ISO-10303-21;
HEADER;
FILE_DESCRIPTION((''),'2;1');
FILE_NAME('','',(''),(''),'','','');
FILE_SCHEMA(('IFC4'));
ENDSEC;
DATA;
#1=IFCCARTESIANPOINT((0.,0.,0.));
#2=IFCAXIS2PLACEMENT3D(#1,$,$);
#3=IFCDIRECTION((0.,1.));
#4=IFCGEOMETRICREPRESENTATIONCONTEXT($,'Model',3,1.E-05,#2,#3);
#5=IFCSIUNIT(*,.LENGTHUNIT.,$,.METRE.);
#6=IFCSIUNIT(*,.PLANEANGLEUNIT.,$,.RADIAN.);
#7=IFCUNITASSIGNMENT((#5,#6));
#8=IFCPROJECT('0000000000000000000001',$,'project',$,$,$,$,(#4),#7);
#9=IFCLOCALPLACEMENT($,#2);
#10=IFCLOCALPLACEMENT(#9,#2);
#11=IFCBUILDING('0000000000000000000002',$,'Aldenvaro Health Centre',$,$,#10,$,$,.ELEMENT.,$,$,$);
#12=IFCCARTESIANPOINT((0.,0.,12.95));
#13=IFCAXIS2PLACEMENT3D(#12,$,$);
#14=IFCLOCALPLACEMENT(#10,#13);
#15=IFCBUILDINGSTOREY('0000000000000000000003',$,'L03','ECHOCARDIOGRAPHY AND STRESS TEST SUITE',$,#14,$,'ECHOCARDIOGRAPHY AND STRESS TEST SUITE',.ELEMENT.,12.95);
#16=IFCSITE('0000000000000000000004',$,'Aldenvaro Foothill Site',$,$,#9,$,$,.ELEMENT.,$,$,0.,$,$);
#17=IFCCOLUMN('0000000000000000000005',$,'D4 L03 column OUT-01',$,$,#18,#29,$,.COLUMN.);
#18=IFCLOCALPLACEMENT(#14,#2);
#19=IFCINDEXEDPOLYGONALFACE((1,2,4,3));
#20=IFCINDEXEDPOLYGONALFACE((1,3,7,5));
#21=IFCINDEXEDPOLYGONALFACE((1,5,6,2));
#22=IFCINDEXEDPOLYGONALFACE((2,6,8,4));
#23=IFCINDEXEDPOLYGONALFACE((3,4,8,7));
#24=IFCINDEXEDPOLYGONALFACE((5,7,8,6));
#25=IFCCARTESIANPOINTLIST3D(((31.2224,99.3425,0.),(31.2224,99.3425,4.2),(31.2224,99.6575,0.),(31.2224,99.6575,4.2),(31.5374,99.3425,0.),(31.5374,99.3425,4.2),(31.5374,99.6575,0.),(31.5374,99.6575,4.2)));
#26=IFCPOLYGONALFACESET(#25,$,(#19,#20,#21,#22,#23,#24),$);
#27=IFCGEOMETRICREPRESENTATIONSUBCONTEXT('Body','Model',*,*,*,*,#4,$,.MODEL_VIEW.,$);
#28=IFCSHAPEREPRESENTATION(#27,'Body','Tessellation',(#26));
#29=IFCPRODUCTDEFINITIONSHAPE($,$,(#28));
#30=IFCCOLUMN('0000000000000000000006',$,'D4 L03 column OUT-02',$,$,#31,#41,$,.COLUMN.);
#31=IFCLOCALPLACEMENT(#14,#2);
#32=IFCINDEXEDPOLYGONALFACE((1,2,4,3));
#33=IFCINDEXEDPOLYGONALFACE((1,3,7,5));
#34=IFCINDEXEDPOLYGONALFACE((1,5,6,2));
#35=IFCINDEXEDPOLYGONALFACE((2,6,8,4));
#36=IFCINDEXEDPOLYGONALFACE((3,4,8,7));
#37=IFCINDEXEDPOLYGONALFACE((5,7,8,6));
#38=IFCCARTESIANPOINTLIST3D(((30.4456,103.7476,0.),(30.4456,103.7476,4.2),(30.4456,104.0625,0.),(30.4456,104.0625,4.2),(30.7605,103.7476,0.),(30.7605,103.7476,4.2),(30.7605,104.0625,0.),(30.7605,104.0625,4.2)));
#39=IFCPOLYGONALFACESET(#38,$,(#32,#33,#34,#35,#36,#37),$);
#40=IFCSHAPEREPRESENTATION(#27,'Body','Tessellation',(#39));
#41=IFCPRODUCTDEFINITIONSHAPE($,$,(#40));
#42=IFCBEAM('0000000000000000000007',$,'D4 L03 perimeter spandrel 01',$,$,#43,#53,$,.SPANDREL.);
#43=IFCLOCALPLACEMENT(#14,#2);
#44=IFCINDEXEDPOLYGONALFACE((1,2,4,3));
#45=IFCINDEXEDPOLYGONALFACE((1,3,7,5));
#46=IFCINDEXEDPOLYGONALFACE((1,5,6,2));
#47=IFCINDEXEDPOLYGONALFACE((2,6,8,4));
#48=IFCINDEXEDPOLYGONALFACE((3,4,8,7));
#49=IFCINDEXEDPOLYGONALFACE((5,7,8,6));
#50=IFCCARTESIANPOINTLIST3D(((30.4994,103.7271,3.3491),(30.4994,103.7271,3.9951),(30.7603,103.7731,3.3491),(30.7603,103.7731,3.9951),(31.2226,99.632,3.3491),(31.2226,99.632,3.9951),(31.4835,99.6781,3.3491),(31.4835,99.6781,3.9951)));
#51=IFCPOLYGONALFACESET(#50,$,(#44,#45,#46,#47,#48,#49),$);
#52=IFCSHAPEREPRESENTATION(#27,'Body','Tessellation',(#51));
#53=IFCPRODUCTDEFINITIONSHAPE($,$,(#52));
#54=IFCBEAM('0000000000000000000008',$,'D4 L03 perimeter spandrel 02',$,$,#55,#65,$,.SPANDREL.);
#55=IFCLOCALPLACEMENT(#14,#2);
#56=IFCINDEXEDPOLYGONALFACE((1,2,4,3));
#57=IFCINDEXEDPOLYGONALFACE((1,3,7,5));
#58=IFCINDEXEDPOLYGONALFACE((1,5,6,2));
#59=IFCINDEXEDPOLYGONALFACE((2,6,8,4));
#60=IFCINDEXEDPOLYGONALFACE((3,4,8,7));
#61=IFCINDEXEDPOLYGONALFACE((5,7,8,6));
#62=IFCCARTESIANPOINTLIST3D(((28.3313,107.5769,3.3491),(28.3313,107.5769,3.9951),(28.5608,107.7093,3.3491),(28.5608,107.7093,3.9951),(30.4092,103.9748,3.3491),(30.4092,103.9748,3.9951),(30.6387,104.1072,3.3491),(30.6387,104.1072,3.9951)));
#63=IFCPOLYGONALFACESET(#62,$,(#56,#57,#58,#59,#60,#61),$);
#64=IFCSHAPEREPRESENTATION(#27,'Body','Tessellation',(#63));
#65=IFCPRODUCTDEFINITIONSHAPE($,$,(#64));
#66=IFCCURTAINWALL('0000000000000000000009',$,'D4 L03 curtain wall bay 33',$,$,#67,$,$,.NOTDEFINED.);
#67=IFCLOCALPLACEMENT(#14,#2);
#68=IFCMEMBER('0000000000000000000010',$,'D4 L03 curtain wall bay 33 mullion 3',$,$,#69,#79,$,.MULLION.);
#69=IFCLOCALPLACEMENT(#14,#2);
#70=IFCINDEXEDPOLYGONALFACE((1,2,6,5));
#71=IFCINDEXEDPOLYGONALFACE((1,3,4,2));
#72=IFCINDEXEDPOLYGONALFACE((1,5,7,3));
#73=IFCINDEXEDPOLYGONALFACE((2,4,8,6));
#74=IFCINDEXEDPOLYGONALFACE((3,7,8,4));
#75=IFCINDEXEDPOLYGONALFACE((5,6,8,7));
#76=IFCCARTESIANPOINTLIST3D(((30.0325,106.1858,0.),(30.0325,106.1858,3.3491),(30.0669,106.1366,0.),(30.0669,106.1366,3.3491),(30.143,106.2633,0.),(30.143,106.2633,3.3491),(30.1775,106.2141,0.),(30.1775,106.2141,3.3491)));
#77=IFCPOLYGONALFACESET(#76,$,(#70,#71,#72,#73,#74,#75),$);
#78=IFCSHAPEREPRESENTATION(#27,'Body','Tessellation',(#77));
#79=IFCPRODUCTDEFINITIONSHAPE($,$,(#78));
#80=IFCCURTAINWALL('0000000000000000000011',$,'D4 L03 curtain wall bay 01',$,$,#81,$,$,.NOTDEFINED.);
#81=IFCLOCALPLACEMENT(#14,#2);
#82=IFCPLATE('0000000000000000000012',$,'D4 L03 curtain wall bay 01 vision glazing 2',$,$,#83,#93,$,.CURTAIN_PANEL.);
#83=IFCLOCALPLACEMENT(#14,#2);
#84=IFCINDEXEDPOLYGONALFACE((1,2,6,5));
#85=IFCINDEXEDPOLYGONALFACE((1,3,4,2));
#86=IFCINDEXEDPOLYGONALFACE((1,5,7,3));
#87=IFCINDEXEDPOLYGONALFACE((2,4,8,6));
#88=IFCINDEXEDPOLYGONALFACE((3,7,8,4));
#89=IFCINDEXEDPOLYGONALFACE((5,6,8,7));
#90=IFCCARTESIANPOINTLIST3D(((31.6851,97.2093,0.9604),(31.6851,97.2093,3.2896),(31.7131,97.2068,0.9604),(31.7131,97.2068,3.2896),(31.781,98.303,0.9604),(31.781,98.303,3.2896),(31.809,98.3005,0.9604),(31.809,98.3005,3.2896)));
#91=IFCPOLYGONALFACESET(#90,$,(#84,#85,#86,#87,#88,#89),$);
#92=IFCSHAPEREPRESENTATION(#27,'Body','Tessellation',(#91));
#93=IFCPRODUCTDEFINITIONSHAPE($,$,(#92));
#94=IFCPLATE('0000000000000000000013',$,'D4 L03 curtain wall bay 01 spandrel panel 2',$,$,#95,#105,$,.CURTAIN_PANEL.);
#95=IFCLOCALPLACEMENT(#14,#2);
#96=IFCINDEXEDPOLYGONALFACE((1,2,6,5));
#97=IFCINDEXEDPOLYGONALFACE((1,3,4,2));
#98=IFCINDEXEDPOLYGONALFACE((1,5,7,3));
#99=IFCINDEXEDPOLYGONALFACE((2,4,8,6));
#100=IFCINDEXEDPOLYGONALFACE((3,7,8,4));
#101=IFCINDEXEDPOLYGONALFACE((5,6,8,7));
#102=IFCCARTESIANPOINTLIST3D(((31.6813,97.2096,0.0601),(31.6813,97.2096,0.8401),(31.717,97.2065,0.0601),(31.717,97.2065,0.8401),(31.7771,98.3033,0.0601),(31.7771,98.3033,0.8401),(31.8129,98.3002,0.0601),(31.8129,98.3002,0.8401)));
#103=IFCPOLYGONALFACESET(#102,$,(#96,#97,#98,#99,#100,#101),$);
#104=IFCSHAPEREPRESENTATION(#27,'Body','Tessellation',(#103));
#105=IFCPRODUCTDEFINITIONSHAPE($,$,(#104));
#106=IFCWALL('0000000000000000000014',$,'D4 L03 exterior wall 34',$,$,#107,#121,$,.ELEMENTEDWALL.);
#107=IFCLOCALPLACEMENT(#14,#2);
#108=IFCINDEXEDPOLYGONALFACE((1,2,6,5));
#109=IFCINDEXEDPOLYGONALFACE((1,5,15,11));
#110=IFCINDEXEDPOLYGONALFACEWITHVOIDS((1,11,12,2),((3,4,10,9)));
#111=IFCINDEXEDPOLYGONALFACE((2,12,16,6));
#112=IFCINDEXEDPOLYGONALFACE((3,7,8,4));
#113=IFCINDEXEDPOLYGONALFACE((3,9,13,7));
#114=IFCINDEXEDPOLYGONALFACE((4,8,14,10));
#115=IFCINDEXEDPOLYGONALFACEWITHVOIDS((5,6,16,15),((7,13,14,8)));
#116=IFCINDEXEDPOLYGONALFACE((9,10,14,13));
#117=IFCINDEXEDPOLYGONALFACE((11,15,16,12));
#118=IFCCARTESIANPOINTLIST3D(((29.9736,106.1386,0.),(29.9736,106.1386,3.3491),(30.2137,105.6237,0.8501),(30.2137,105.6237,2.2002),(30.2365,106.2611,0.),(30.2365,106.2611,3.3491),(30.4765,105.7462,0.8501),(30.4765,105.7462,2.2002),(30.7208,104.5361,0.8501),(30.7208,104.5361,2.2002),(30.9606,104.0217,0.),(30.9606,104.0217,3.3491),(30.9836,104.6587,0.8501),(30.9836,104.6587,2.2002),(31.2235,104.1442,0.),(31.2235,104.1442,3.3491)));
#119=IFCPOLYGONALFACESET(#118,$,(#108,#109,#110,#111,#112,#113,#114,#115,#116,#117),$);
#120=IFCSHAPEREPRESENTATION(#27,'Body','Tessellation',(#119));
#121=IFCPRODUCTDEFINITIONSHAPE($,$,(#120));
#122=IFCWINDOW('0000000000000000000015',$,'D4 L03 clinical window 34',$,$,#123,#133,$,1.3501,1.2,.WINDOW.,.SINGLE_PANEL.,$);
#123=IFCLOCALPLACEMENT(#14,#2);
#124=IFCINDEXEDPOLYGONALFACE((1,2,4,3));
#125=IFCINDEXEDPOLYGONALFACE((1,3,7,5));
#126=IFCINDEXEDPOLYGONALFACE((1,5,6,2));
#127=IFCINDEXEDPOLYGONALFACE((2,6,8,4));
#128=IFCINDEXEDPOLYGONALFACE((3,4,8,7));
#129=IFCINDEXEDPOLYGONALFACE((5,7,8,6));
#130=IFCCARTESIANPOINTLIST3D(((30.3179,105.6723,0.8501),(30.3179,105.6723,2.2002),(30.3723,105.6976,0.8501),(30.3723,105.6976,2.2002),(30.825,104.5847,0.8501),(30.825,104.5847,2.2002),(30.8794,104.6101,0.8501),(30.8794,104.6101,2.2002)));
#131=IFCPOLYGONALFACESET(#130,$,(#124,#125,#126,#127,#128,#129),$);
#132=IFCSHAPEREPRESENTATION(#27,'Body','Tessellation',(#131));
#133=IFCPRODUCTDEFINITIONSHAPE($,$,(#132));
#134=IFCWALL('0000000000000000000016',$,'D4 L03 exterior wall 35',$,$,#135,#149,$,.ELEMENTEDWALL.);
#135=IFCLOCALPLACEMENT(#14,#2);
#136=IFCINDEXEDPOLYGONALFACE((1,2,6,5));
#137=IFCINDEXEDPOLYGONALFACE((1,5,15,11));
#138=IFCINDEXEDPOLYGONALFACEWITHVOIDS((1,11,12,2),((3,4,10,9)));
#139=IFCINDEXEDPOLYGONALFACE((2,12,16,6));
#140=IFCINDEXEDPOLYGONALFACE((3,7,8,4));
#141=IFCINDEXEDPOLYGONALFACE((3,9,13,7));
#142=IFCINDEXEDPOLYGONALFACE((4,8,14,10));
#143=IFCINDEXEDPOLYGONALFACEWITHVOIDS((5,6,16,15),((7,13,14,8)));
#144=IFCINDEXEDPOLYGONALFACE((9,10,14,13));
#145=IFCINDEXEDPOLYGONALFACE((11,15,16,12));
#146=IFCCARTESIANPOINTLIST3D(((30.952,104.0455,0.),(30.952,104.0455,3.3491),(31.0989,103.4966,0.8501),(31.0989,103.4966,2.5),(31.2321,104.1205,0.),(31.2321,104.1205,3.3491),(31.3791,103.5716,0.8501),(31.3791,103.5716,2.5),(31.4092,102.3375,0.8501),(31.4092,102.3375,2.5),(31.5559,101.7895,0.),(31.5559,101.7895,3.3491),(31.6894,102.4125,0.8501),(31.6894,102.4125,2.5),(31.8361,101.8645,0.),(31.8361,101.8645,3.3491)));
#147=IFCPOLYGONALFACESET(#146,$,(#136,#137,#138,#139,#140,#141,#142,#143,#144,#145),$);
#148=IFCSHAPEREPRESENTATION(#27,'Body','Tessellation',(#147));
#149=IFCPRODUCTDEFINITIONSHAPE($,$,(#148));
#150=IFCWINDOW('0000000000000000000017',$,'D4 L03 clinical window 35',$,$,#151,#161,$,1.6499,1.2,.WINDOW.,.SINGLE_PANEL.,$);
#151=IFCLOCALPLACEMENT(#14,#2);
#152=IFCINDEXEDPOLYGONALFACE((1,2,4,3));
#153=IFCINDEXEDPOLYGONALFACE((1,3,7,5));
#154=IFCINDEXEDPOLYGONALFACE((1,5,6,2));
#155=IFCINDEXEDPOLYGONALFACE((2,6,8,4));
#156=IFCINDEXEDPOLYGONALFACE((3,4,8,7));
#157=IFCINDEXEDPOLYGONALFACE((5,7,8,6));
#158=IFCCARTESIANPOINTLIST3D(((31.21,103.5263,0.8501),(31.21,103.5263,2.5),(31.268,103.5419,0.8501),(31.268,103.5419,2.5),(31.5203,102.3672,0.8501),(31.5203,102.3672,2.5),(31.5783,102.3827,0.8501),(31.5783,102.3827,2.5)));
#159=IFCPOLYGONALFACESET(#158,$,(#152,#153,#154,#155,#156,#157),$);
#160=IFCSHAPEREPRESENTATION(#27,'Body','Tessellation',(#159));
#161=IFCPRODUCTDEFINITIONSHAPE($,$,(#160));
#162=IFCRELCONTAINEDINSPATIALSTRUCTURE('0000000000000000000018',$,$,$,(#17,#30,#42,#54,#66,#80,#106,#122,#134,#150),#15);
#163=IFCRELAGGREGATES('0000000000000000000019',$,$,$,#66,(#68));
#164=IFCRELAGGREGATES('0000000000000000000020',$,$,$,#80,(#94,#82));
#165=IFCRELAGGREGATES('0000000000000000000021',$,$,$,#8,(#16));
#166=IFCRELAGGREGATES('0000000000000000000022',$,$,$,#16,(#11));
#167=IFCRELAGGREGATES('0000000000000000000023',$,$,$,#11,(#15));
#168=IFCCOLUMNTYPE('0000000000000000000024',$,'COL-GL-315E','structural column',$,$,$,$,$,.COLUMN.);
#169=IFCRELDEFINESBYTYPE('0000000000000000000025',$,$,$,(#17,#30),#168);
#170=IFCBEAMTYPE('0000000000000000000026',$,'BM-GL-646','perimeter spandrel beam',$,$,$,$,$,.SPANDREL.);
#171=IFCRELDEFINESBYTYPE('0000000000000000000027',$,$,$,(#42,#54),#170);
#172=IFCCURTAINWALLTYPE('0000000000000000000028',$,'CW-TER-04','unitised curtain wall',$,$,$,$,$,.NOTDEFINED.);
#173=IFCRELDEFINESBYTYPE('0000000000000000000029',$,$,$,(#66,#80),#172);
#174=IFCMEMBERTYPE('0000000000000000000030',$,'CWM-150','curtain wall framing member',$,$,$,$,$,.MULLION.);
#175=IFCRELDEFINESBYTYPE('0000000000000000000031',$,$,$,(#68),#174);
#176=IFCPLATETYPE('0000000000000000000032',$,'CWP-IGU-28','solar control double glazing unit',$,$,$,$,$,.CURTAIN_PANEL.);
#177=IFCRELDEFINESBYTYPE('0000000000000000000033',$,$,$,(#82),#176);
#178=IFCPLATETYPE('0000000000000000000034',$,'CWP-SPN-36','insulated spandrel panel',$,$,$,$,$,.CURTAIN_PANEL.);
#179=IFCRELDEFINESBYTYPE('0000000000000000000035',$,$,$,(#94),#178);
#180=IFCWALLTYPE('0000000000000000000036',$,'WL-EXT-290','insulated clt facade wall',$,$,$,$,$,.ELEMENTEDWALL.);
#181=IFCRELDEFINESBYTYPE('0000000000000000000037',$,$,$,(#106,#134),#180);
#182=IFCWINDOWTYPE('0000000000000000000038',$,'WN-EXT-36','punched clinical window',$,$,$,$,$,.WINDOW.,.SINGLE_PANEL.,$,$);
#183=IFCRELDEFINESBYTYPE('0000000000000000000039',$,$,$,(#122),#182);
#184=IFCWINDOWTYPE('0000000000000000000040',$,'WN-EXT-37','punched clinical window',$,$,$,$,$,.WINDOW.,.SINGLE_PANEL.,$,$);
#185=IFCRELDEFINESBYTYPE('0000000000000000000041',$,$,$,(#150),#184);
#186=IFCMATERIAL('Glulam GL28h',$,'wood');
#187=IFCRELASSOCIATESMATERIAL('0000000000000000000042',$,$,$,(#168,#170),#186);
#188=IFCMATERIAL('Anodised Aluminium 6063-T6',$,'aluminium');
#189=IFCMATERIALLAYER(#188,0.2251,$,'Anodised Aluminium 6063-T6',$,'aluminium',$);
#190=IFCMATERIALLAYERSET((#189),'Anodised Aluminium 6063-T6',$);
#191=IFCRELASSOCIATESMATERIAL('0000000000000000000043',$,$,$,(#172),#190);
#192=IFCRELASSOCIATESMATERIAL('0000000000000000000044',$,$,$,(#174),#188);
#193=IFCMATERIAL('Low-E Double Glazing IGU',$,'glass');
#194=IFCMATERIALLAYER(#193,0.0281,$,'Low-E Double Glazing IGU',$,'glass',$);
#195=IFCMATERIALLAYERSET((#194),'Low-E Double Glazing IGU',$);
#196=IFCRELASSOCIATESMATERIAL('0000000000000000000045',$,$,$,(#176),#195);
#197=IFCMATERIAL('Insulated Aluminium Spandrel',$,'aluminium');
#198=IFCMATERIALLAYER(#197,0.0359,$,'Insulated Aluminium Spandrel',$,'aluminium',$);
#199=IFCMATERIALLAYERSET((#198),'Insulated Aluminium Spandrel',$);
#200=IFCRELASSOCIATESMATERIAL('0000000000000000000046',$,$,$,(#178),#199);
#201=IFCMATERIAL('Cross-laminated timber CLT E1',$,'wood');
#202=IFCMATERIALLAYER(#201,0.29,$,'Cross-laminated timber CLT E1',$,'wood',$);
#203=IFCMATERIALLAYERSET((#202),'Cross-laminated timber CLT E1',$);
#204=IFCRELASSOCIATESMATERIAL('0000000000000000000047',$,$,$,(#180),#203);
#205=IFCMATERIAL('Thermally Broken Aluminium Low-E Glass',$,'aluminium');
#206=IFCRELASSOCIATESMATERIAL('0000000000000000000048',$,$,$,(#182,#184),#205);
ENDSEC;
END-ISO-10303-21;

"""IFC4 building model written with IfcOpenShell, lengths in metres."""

from ifc_helpers import new_model, si_unit, direction, frame, frame_2d, origin, origin_2d, place, context, subcontext, project, spatial, rectangle, extrude, material, layer, layer_set, material_profile, profile_set, type_object, element, fill, aggregate, save


model = new_model("IFC4")

# Units and contexts
model_context = context("Model", 3, precision=1e-05, world=origin(), true_north=direction((0.0, 1.0)))
body_context = subcontext(model_context, "Body", "Model", "MODEL_VIEW")
ifc_project = project(units=[si_unit("LENGTHUNIT", "METRE"), si_unit("PLANEANGLEUNIT", "RADIAN")], contexts=[model_context])

# Site, building, storey
site_placement = place(None, origin())
site = spatial("IfcSite", under=ifc_project, at=site_placement, Name="Aldenvaro Foothill Site", CompositionType="ELEMENT", RefElevation=0.0)
building_placement = place(site_placement, origin())
building = spatial("IfcBuilding", under=site, at=building_placement, Name="Aldenvaro Health Centre", CompositionType="ELEMENT")
storey_placement = place(building_placement, frame((0.0, 0.0, 12.95)))
storey = spatial("IfcBuildingStorey", under=building, at=storey_placement, Name="L03", Description="ECHOCARDIOGRAPHY AND STRESS TEST SUITE", LongName="ECHOCARDIOGRAPHY AND STRESS TEST SUITE", CompositionType="ELEMENT", Elevation=12.95)

# Columns
ifc_material_1 = material(Name="Glulam GL28h", Category="wood")
ifc_material_profile_1 = material_profile(ifc_material_1, rectangle(XDim=0.3149, YDim=0.3149, at=origin_2d()), Name="GL 315x315", Category="wood")
ifc_profile_set_1 = profile_set([ifc_material_profile_1], Name="Glulam GL28h")
column_type = type_object("IfcColumnType", Name="COL-GL-315E", Description="structural column", PredefinedType="COLUMN", material=ifc_profile_set_1)
for number, where, z_axis, x_axis, name in (
    (1, (31.3799, 99.5, 0.0), (0.0, 0.0, 1.0), (1.0, 0.0, 0.0), "D4 L03 column OUT-01"),
    (2, (30.603, 103.905, 0.0), (0.0, 0.0, 1.0), (1.0, 0.0, 0.0), "D4 L03 column OUT-02"),
):
    element("IfcColumn", number, at=place(storey_placement, frame(where, z_axis=z_axis, x_axis=x_axis)), inside=storey, type_object=column_type, Name=name, PredefinedType="COLUMN", context=body_context, shape_type="SweptSolid", body=[
        extrude(rectangle(XDim=0.3149, YDim=0.3149, at=origin_2d()), origin(), (0.0, 0.0, 1.0), 4.2),
    ])

# Beams
ifc_material_profile_2 = material_profile(ifc_material_1, rectangle(XDim=0.2649, YDim=0.646, at=origin_2d()), Name="GL 265x646", Category="wood")
ifc_profile_set_2 = profile_set([ifc_material_profile_2], Name="Glulam GL28h")
beam_type = type_object("IfcBeamType", Name="BM-GL-646", Description="perimeter spandrel beam", PredefinedType="SPANDREL", material=ifc_profile_set_2)
for number, where, z_axis, x_axis, name in (
    (3, (31.353, 99.655, 3.6721), (-0.173903, 0.984763, 0.0), (-0.984763, -0.173903, 0.0), "D4 L03 perimeter spandrel 01"),
    (4, (30.5239, 104.041, 3.6721), (-0.499682, 0.866209, 0.0), (-0.866209, -0.499682, 0.0), "D4 L03 perimeter spandrel 02"),
):
    element("IfcBeam", number, at=place(storey_placement, frame(where, z_axis=z_axis, x_axis=x_axis)), inside=storey, type_object=beam_type, Name=name, PredefinedType="SPANDREL", context=body_context, shape_type="SweptSolid", body=[
        extrude(rectangle(XDim=0.2649, YDim=0.646, at=origin_2d()), origin(), (0.0, 0.0, 1.0), 4.1584),
    ])

# Curtain wall, member
ifc_material_2 = material(Name="Anodised Aluminium 6063-T6", Category="aluminium")
ifc_layer_1 = layer(ifc_material_2, 0.2251, Name="Anodised Aluminium 6063-T6", Category="aluminium")
ifc_layer_set_1 = layer_set([ifc_layer_1], Name="Anodised Aluminium 6063-T6")
curtain_wall_type = type_object("IfcCurtainWallType", Name="CW-TER-04", Description="unitised curtain wall", PredefinedType="NOTDEFINED", material=ifc_layer_set_1)
curtain_wall_1_placement = place(storey_placement, origin())
curtain_wall_1 = element("IfcCurtainWall", 5, at=curtain_wall_1_placement, inside=storey, type_object=curtain_wall_type, Name="D4 L03 curtain wall bay 33", PredefinedType="NOTDEFINED")
ifc_material_profile_3 = material_profile(ifc_material_2, rectangle(XDim=0.0601, YDim=0.135, at=origin_2d()), Name="ALU 60x135", Category="aluminium")
ifc_profile_set_3 = profile_set([ifc_material_profile_3], Name="Anodised Aluminium 6063-T6")
member_type = type_object("IfcMemberType", Name="CWM-150", Description="curtain wall framing member", PredefinedType="MULLION", material=ifc_profile_set_3)
member_placement = place(storey_placement, frame((30.105, 106.2, 0.0), z_axis=(0.0, 0.0, 1.0), x_axis=(0.573721, -0.819051, 0.0)))
member = element("IfcMember", 6, at=member_placement, type_object=member_type, Name="D4 L03 curtain wall bay 33 mullion 3", PredefinedType="MULLION", context=body_context, shape_type="SweptSolid", body=[
    extrude(rectangle(XDim=0.0601, YDim=0.135, at=origin_2d()), origin(), (0.0, 0.0, 1.0), 3.3491),
])
aggregate(curtain_wall_1, [member])

# Curtain wall, plates
curtain_wall_2_placement = place(storey_placement, origin())
curtain_wall_2 = element("IfcCurtainWall", 7, at=curtain_wall_2_placement, inside=storey, type_object=curtain_wall_type, Name="D4 L03 curtain wall bay 01", PredefinedType="NOTDEFINED")
ifc_material_3 = material(Name="Low-E Double Glazing IGU", Category="glass")
ifc_layer_2 = layer(ifc_material_3, 0.0281, Name="Low-E Double Glazing IGU", Category="glass")
ifc_layer_set_2 = layer_set([ifc_layer_2], Name="Low-E Double Glazing IGU")
plate_type_1 = type_object("IfcPlateType", Name="CWP-IGU-28", Description="solar control double glazing unit", PredefinedType="CURTAIN_PANEL", material=ifc_layer_set_2)
plate_1_placement = place(storey_placement, frame((31.7471, 97.7549, 0.9604), z_axis=(0.0, 0.0, 1.0), x_axis=(-0.087332, -0.996179, 0.0)))
plate_1 = element("IfcPlate", 8, at=plate_1_placement, type_object=plate_type_1, Name="D4 L03 curtain wall bay 01 vision glazing 2", PredefinedType="CURTAIN_PANEL", context=body_context, shape_type="SweptSolid", body=[
    extrude(rectangle(XDim=1.0979, YDim=0.0281, at=origin_2d()), origin(), (0.0, 0.0, 1.0), 2.3291),
])
ifc_material_4 = material(Name="Insulated Aluminium Spandrel", Category="aluminium")
ifc_layer_3 = layer(ifc_material_4, 0.0359, Name="Insulated Aluminium Spandrel", Category="aluminium")
ifc_layer_set_3 = layer_set([ifc_layer_3], Name="Insulated Aluminium Spandrel")
plate_type_2 = type_object("IfcPlateType", Name="CWP-SPN-36", Description="insulated spandrel panel", PredefinedType="CURTAIN_PANEL", material=ifc_layer_set_3)
plate_2_placement = place(storey_placement, frame((31.7471, 97.7549, 0.0601), z_axis=(0.0, 0.0, 1.0), x_axis=(-0.087332, -0.996179, 0.0)))
plate_2 = element("IfcPlate", 9, at=plate_2_placement, type_object=plate_type_2, Name="D4 L03 curtain wall bay 01 spandrel panel 2", PredefinedType="CURTAIN_PANEL", context=body_context, shape_type="SweptSolid", body=[
    extrude(rectangle(XDim=1.0979, YDim=0.0359, at=origin_2d()), origin(), (0.0, 0.0, 1.0), 0.78),
])
aggregate(curtain_wall_2, [plate_2, plate_1])

# Walls, openings, windows
ifc_material_5 = material(Name="Cross-laminated timber CLT E1", Category="wood")
ifc_layer_4 = layer(ifc_material_5, 0.29, Name="Cross-laminated timber CLT E1", Category="wood")
ifc_layer_set_4 = layer_set([ifc_layer_4], Name="Cross-laminated timber CLT E1")
wall_type = type_object("IfcWallType", Name="WL-EXT-290", Description="insulated clt facade wall", PredefinedType="ELEMENTEDWALL", material=ifc_layer_set_4)
wall_1_placement = place(storey_placement, frame((30.105, 106.2, 0.0), z_axis=(0.0, 0.0, 1.0), x_axis=(0.422588, -0.906322, 0.0)))
wall_1 = element("IfcWall", 10, at=wall_1_placement, inside=storey, type_object=wall_type, Name="D4 L03 exterior wall 34", PredefinedType="ELEMENTEDWALL", context=body_context, shape_type="SweptSolid", body=[
    extrude(rectangle(XDim=2.3357, YDim=0.29, at=frame_2d((1.168, 0.0))), origin(), (0.0, 0.0, 1.0), 3.3491),
])
opening_1_placement = place(wall_1_placement, frame((0.5681, 0.0, 0.8501)))
opening_1 = element("IfcOpeningElement", 11, at=opening_1_placement, cuts=wall_1, PredefinedType="OPENING", context=body_context, shape_type="SweptSolid", body=[
    extrude(rectangle(XDim=1.2, YDim=1.3501, at=frame_2d((0.6001, 0.675))), frame((0.0, 0.155, 0.0), z_axis=(0.0, -1.0, 0.0), x_axis=(1.0, 0.0, 0.0)), (0.0, 0.0, 1.0), 0.3101),
])
ifc_material_6 = material(Name="Thermally Broken Aluminium Low-E Glass", Category="aluminium")
window_type_1 = type_object("IfcWindowType", Name="WN-EXT-36", Description="punched clinical window", PartitioningType="SINGLE_PANEL", PredefinedType="WINDOW", material=ifc_material_6)
window_1_placement = place(opening_1_placement, origin())
window_1 = element("IfcWindow", 12, at=window_1_placement, inside=storey, type_object=window_type_1, Name="D4 L03 clinical window 34", OverallHeight=1.3501, OverallWidth=1.2, PartitioningType="SINGLE_PANEL", PredefinedType="WINDOW", context=body_context, shape_type="SweptSolid", body=[
    extrude(rectangle(XDim=1.2, YDim=1.3501, at=frame_2d((0.6001, 0.675))), frame((0.0, 0.03, 0.0), z_axis=(0.0, -1.0, 0.0), x_axis=(1.0, 0.0, 0.0)), (0.0, 0.0, 1.0), 0.0601),
])
fill(opening_1, window_1)
wall_2_placement = place(storey_placement, frame((31.092, 104.083, 0.0), z_axis=(0.0, 0.0, 1.0), x_axis=(0.258612, -0.965981, 0.0)))
wall_2 = element("IfcWall", 13, at=wall_2_placement, inside=storey, type_object=wall_type, Name="D4 L03 exterior wall 35", PredefinedType="ELEMENTEDWALL", context=body_context, shape_type="SweptSolid", body=[
    extrude(rectangle(XDim=2.3354, YDim=0.29, at=frame_2d((1.1677, 0.0))), origin(), (0.0, 0.0, 1.0), 3.3491),
])
opening_2_placement = place(wall_2_placement, frame((0.5681, 0.0, 0.8501)))
opening_2 = element("IfcOpeningElement", 14, at=opening_2_placement, cuts=wall_2, PredefinedType="OPENING", context=body_context, shape_type="SweptSolid", body=[
    extrude(rectangle(XDim=1.2, YDim=1.6499, at=frame_2d((0.6001, 0.825))), frame((0.0, 0.155, 0.0), z_axis=(0.0, -1.0, 0.0), x_axis=(1.0, 0.0, 0.0)), (0.0, 0.0, 1.0), 0.3101),
])
window_type_2 = type_object("IfcWindowType", Name="WN-EXT-37", Description="punched clinical window", PartitioningType="SINGLE_PANEL", PredefinedType="WINDOW", material=ifc_material_6)
window_2_placement = place(opening_2_placement, origin())
window_2 = element("IfcWindow", 15, at=window_2_placement, inside=storey, type_object=window_type_2, Name="D4 L03 clinical window 35", OverallHeight=1.6499, OverallWidth=1.2, PartitioningType="SINGLE_PANEL", PredefinedType="WINDOW", context=body_context, shape_type="SweptSolid", body=[
    extrude(rectangle(XDim=1.2, YDim=1.6499, at=frame_2d((0.6001, 0.825))), frame((0.0, 0.03, 0.0), z_axis=(0.0, -1.0, 0.0), x_axis=(1.0, 0.0, 0.0)), (0.0, 0.0, 1.0), 0.0601),
])
fill(opening_2, window_2)

save(model, "model.ifc")
